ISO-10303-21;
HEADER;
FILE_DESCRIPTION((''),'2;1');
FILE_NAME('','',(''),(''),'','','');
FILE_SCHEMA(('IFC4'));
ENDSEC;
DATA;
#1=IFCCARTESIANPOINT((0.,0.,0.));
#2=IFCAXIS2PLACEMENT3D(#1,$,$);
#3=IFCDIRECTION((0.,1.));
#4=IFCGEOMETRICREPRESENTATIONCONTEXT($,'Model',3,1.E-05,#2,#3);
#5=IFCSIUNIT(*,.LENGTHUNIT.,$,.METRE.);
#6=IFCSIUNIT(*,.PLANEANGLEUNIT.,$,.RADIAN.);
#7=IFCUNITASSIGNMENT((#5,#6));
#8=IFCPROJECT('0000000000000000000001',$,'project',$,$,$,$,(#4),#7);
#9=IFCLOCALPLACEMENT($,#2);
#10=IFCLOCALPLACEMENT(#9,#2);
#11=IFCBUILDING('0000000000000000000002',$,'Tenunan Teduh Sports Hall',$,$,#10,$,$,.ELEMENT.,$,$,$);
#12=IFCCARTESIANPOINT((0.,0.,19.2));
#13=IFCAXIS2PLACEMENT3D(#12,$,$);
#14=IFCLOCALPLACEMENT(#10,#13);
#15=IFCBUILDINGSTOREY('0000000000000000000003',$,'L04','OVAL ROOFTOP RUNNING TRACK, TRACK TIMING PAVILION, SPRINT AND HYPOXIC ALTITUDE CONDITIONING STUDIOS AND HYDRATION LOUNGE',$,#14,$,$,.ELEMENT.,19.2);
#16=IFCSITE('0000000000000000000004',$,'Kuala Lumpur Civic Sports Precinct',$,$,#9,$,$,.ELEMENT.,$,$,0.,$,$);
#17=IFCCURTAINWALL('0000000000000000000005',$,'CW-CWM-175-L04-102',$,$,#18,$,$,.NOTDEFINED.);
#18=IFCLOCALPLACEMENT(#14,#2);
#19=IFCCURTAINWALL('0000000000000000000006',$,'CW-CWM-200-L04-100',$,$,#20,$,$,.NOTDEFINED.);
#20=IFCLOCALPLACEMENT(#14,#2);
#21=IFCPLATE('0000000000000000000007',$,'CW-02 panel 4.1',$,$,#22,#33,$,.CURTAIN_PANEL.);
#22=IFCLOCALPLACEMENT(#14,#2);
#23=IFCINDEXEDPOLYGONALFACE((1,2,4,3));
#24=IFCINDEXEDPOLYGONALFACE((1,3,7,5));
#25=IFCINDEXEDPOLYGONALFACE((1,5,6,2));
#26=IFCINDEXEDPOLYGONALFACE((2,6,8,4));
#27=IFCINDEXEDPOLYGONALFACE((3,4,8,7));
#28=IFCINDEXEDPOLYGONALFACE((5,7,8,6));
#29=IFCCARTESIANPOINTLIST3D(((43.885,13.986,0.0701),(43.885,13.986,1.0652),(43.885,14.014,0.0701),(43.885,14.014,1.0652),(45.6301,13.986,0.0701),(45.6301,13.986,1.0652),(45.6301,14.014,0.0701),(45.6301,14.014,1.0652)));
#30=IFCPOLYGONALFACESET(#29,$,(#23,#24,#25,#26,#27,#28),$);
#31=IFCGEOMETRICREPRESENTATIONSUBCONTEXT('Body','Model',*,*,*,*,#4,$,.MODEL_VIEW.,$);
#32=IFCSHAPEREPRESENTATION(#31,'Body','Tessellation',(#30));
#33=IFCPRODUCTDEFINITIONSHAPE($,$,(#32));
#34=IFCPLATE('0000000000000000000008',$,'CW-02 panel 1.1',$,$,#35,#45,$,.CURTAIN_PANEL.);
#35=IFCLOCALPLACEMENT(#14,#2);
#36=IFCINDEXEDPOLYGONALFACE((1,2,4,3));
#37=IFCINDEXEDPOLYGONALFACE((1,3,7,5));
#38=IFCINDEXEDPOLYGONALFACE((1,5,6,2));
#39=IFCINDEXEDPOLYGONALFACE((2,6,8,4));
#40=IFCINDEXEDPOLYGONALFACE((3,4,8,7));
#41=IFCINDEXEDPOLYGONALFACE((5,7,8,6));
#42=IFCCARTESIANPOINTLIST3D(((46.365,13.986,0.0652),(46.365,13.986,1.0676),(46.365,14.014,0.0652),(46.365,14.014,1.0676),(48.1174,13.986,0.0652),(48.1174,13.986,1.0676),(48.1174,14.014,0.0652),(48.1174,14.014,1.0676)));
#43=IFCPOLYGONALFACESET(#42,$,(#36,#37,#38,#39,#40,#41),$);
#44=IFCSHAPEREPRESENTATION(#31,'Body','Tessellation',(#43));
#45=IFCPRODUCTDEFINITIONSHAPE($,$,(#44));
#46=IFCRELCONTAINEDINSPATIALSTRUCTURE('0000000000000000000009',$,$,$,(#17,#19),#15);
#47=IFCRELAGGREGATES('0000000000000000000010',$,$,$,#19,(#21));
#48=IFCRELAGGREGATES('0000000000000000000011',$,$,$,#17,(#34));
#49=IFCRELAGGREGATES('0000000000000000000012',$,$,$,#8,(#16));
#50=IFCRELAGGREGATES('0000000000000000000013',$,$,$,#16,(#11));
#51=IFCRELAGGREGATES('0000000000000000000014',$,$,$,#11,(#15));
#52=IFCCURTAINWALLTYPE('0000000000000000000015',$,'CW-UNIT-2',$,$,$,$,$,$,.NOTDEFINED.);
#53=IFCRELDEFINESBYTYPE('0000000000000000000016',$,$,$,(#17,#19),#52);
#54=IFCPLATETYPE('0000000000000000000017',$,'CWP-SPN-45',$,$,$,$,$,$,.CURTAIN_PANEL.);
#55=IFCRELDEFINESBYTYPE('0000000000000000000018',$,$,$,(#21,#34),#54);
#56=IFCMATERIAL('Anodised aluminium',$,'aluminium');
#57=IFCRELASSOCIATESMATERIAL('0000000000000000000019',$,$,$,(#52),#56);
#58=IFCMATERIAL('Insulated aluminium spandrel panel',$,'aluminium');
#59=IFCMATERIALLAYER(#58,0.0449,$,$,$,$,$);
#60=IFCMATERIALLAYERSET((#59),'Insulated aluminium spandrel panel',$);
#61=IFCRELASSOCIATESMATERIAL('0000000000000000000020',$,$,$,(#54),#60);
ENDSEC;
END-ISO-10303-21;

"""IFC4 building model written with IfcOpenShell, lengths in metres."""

from ifc_helpers import new_model, si_unit, direction, frame, origin, origin_2d, place, context, subcontext, project, spatial, rectangle, extrude, material, layer, layer_set, type_object, element, aggregate, save


model = new_model("IFC4")

# Units and contexts
model_context = context("Model", 3, precision=1e-05, world=origin(), true_north=direction((0.0, 1.0)))
body_context = subcontext(model_context, "Body", "Model", "MODEL_VIEW")
ifc_project = project(units=[si_unit("LENGTHUNIT", "METRE"), si_unit("PLANEANGLEUNIT", "RADIAN")], contexts=[model_context])

# Site, building, storey
site_placement = place(None, origin())
site = spatial("IfcSite", under=ifc_project, at=site_placement, Name="Kuala Lumpur Civic Sports Precinct", CompositionType="ELEMENT", RefElevation=0.0)
building_placement = place(site_placement, origin())
building = spatial("IfcBuilding", under=site, at=building_placement, Name="Tenunan Teduh Sports Hall", CompositionType="ELEMENT")
storey_placement = place(building_placement, frame((0.0, 0.0, 19.2)))
storey = spatial("IfcBuildingStorey", under=building, at=storey_placement, Name="L04", Description="OVAL ROOFTOP RUNNING TRACK, TRACK TIMING PAVILION, SPRINT AND HYPOXIC ALTITUDE CONDITIONING STUDIOS AND HYDRATION LOUNGE", CompositionType="ELEMENT", Elevation=19.2)

# Curtain wall
ifc_material_1 = material(Name="Anodised aluminium", Category="aluminium")
curtain_wall_type = type_object("IfcCurtainWallType", Name="CW-UNIT-2", PredefinedType="NOTDEFINED", material=ifc_material_1)
curtain_wall_1_placement = place(storey_placement, origin())
curtain_wall_1 = element("IfcCurtainWall", 1, at=curtain_wall_1_placement, inside=storey, type_object=curtain_wall_type, Name="CW-CWM-175-L04-102", PredefinedType="NOTDEFINED")

# Curtain wall
curtain_wall_2_placement = place(storey_placement, origin())
curtain_wall_2 = element("IfcCurtainWall", 2, at=curtain_wall_2_placement, inside=storey, type_object=curtain_wall_type, Name="CW-CWM-200-L04-100", PredefinedType="NOTDEFINED")

# Plates
ifc_material_2 = material(Name="Insulated aluminium spandrel panel", Category="aluminium")
ifc_layer_1 = layer(ifc_material_2, 0.0449)
ifc_layer_set_1 = layer_set([ifc_layer_1], Name="Insulated aluminium spandrel panel")
plate_type_1 = type_object("IfcPlateType", Name="CWP-SPN-45", PredefinedType="CURTAIN_PANEL", material=ifc_layer_set_1)
plate_1_placement = place(storey_placement, frame((44.7576, 14.0, 0.0701), z_axis=(0.0, 0.0, 1.0), x_axis=(1.0, 0.0, 0.0)))
plate_1 = element("IfcPlate", 3, at=plate_1_placement, type_object=plate_type_1, Name="CW-02 panel 4.1", PredefinedType="CURTAIN_PANEL", context=body_context, shape_type="SweptSolid", body=[
    extrude(rectangle(XDim=1.7451, YDim=0.0281, at=origin_2d()), origin(), (0.0, 0.0, 1.0), 0.9951),
])
aggregate(curtain_wall_2, [plate_1])
plate_2_placement = place(storey_placement, frame((47.2412, 14.0, 0.0652), z_axis=(0.0, 0.0, 1.0), x_axis=(1.0, 0.0, 0.0)))
plate_2 = element("IfcPlate", 4, at=plate_2_placement, type_object=plate_type_1, Name="CW-02 panel 1.1", PredefinedType="CURTAIN_PANEL", context=body_context, shape_type="SweptSolid", body=[
    extrude(rectangle(XDim=1.7524, YDim=0.0281, at=origin_2d()), origin(), (0.0, 0.0, 1.0), 1.0024),
])
aggregate(curtain_wall_1, [plate_2])

save(model, "model.ifc")
